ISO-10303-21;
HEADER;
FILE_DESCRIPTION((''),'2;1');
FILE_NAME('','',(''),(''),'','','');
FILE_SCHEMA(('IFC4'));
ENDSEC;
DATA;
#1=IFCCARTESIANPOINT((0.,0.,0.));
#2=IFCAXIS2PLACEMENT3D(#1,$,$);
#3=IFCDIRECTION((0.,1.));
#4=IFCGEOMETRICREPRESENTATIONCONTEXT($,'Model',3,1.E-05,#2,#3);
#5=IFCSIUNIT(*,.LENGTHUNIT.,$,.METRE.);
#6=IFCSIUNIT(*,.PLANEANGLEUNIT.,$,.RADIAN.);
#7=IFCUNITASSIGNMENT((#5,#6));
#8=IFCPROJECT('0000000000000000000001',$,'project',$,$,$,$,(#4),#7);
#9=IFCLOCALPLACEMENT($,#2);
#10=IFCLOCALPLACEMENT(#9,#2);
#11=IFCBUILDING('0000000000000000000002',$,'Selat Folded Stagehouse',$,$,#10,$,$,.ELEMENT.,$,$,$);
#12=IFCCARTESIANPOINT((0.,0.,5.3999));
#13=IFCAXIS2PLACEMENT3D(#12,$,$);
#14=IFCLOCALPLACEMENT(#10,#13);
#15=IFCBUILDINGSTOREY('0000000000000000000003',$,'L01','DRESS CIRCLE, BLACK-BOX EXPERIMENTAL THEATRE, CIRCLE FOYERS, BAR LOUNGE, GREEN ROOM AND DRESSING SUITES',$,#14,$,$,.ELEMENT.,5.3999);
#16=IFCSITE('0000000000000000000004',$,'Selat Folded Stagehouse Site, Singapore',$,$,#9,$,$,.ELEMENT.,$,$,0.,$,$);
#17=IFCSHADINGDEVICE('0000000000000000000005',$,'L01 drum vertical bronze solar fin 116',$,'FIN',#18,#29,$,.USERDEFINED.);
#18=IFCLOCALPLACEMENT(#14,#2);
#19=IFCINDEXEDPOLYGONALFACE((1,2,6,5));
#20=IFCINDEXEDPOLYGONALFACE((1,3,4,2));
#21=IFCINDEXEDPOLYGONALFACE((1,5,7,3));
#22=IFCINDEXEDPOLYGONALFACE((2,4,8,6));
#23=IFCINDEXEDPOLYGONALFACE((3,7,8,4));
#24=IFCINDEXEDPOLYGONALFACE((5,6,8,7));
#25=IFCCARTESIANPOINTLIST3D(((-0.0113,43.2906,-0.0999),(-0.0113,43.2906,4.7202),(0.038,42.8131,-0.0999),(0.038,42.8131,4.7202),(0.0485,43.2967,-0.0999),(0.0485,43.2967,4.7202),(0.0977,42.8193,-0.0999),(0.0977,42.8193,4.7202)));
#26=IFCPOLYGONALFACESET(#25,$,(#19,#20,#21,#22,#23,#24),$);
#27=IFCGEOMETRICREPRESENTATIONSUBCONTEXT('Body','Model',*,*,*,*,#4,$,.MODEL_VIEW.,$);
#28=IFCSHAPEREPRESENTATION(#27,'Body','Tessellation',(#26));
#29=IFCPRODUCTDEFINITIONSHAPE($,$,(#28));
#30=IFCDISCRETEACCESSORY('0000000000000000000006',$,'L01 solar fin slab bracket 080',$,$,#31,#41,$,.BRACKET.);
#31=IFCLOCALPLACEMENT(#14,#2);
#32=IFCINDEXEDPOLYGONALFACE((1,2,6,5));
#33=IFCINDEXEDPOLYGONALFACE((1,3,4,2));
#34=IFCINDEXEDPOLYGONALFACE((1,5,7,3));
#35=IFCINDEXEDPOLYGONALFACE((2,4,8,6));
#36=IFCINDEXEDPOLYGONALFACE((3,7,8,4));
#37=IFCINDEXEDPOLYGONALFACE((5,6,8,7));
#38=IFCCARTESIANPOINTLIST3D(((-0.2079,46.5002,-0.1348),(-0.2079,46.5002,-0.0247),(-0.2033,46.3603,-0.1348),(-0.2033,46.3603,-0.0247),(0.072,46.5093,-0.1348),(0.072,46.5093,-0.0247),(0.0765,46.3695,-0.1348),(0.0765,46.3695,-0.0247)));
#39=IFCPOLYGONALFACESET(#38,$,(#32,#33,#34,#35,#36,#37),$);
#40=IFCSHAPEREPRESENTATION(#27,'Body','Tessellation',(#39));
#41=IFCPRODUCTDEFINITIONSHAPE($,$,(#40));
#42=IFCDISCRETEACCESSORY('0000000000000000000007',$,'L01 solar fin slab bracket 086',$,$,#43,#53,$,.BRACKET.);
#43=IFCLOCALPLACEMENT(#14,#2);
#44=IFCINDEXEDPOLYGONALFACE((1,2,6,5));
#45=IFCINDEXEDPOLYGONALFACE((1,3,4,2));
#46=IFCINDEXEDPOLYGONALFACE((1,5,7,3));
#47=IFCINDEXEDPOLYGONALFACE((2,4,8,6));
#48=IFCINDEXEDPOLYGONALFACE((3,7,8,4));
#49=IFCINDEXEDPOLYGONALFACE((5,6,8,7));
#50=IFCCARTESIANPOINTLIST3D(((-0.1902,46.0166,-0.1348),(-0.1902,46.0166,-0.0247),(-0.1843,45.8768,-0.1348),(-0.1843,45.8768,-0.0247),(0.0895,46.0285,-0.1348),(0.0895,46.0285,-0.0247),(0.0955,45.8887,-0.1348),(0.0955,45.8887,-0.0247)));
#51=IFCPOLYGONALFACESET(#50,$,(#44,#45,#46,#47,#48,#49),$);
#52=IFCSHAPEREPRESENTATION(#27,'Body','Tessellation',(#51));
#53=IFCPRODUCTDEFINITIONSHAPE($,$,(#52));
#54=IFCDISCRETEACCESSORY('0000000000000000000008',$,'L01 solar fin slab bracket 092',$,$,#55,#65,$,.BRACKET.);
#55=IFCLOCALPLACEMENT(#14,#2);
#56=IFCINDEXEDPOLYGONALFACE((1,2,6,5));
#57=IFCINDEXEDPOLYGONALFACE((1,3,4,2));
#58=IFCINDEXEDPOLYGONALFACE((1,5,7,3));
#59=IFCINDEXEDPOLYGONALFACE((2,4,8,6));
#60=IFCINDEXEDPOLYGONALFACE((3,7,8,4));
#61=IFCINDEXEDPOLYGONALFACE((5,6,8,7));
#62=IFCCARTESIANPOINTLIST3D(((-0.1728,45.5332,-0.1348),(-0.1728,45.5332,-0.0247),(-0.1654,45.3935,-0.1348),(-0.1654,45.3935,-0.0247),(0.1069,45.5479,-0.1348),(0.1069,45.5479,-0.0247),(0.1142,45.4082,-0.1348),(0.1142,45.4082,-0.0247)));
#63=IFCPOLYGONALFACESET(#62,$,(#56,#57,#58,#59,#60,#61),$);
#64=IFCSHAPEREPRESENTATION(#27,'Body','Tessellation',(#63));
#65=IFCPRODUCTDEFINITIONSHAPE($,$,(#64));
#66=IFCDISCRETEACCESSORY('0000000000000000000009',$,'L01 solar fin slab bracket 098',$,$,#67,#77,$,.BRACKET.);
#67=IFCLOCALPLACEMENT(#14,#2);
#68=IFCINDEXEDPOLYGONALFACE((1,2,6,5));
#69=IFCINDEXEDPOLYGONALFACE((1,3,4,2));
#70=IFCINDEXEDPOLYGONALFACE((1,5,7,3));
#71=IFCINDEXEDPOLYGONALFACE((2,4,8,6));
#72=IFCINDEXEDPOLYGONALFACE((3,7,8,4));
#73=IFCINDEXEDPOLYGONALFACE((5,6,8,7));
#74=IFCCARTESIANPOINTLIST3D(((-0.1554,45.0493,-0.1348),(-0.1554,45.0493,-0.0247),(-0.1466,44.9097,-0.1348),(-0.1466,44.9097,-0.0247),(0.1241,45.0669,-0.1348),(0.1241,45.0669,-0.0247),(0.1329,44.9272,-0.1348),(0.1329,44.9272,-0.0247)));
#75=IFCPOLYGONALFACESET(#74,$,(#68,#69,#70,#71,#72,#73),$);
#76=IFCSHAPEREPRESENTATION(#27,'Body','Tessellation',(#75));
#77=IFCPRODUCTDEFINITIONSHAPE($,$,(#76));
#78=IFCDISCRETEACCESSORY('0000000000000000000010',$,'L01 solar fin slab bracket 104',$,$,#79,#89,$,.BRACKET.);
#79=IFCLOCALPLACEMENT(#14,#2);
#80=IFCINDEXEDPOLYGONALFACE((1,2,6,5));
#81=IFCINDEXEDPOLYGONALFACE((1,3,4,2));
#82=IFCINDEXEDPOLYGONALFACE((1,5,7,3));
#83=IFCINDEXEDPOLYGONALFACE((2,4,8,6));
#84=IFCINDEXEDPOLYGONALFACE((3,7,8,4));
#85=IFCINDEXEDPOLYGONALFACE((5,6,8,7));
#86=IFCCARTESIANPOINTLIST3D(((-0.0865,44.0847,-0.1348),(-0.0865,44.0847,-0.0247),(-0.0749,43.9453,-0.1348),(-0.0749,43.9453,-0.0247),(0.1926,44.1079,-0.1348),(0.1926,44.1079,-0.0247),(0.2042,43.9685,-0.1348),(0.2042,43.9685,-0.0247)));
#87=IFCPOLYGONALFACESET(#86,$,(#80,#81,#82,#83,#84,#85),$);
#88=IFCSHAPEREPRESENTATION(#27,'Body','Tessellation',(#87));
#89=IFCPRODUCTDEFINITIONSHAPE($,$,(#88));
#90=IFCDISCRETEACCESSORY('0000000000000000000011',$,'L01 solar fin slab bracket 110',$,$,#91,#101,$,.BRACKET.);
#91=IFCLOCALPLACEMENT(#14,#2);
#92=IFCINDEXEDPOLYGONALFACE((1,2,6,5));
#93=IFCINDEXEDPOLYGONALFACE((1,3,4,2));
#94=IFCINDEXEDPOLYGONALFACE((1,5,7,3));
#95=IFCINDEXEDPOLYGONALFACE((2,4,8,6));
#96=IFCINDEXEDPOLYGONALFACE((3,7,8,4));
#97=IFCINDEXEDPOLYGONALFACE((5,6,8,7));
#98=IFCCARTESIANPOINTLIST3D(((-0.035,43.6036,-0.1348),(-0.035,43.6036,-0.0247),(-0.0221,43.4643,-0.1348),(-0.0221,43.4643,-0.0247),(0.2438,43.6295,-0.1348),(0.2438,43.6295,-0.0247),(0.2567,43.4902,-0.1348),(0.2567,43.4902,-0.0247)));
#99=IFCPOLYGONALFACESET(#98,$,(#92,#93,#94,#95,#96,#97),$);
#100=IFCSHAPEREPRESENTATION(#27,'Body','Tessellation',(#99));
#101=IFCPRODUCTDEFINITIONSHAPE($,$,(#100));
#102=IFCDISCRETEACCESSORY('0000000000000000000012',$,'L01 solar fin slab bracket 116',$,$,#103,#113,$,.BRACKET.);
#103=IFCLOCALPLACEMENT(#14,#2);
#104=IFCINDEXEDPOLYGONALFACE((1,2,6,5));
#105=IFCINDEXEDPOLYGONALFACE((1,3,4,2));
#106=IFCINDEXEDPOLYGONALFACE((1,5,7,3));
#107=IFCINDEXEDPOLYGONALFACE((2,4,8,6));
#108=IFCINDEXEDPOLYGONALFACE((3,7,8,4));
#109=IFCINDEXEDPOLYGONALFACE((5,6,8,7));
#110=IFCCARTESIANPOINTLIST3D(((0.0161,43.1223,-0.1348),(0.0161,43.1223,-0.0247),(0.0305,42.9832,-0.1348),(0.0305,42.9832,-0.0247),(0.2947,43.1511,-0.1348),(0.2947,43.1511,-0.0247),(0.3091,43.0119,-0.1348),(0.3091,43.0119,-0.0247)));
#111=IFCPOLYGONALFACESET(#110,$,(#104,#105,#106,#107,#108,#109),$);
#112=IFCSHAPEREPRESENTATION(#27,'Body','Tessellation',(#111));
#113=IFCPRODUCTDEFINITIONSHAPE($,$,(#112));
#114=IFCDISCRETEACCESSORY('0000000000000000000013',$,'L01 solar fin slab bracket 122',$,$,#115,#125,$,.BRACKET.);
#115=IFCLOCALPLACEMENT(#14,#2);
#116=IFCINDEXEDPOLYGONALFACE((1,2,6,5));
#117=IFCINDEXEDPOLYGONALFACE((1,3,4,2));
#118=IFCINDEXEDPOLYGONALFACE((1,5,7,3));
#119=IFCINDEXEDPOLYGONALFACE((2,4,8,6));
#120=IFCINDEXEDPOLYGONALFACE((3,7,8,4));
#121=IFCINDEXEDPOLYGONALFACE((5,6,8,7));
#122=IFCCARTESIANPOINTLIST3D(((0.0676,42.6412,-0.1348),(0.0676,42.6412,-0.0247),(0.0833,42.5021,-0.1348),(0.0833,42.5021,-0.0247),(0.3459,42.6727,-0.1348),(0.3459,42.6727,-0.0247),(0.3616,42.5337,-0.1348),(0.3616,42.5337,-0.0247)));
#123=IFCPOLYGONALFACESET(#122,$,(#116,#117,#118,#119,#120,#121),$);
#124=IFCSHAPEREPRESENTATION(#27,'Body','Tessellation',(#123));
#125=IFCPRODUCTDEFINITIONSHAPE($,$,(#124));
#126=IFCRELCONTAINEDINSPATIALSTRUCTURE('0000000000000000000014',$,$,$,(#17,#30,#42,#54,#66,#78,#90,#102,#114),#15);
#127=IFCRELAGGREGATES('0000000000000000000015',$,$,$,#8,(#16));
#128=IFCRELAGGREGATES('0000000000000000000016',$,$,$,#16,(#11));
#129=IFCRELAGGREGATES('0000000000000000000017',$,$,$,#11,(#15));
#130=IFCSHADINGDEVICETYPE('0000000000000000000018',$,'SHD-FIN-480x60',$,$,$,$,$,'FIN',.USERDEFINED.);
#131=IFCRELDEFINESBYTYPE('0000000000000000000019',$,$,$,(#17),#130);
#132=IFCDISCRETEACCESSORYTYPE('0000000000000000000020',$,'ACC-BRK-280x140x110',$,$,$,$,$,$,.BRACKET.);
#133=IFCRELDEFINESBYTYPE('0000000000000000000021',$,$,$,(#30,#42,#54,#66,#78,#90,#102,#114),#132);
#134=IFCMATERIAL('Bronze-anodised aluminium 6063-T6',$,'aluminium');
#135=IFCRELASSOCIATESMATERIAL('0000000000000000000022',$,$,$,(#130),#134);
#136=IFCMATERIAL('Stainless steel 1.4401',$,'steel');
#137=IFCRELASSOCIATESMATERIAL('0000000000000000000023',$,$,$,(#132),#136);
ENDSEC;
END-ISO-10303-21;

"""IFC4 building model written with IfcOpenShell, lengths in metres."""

from ifc_helpers import new_model, si_unit, direction, frame, origin, origin_2d, place, context, subcontext, project, spatial, rectangle, extrude, material, material_profile, profile_set, type_object, element, save


model = new_model("IFC4")

# Units and contexts
model_context = context("Model", 3, precision=1e-05, world=origin(), true_north=direction((0.0, 1.0)))
body_context = subcontext(model_context, "Body", "Model", "MODEL_VIEW")
ifc_project = project(units=[si_unit("LENGTHUNIT", "METRE"), si_unit("PLANEANGLEUNIT", "RADIAN")], contexts=[model_context])

# Site, building, storey
site_placement = place(None, origin())
site = spatial("IfcSite", under=ifc_project, at=site_placement, Name="Selat Folded Stagehouse Site, Singapore", CompositionType="ELEMENT", RefElevation=0.0)
building_placement = place(site_placement, origin())
building = spatial("IfcBuilding", under=site, at=building_placement, Name="Selat Folded Stagehouse", CompositionType="ELEMENT")
storey_placement = place(building_placement, frame((0.0, 0.0, 5.3999)))
storey = spatial("IfcBuildingStorey", under=building, at=storey_placement, Name="L01", Description="DRESS CIRCLE, BLACK-BOX EXPERIMENTAL THEATRE, CIRCLE FOYERS, BAR LOUNGE, GREEN ROOM AND DRESSING SUITES", CompositionType="ELEMENT", Elevation=5.3999)

# Shading device
ifc_material_1 = material(Name="Bronze-anodised aluminium 6063-T6", Category="aluminium")
ifc_material_profile_1 = material_profile(ifc_material_1, rectangle(XDim=0.0601, YDim=0.48, at=origin_2d()), Name="SOLAR-FIN 480x60")
ifc_profile_set_1 = profile_set([ifc_material_profile_1], Name="Bronze-anodised aluminium 6063-T6")
shading_device_type = type_object("IfcShadingDeviceType", Name="SHD-FIN-480x60", ElementType="FIN", PredefinedType="USERDEFINED", material=ifc_profile_set_1)
for number, where, z_axis, x_axis, name in (
    (1, (0.0432, 43.0549, -0.0999), (0.0, 0.0, 1.0), (-0.994721, -0.102619, 0.0), "L01 drum vertical bronze solar fin 116"),
):
    element("IfcShadingDevice", number, at=place(storey_placement, frame(where, z_axis=z_axis, x_axis=x_axis)), inside=storey, type_object=shading_device_type, Name=name, ObjectType="FIN", PredefinedType="USERDEFINED", context=body_context, shape_type="SweptSolid", body=[
        extrude(rectangle(XDim=0.0601, YDim=0.48, at=origin_2d()), origin(), (0.0, 0.0, 1.0), 4.8201),
    ])

# Discrete accessories
ifc_material_2 = material(Name="Stainless steel 1.4401", Category="steel")
discrete_accessory_type = type_object("IfcDiscreteAccessoryType", Name="ACC-BRK-280x140x110", PredefinedType="BRACKET", material=ifc_material_2)
for number, where, z_axis, x_axis, name in (
    (2, (-0.0657, 46.4348, -0.1348), (0.0, 0.0, 1.0), (-0.999467, -0.032632, 0.0), "L01 solar fin slab bracket 080"),
    (3, (-0.0474, 45.9526, -0.1348), (0.0, 0.0, 1.0), (-0.999093, -0.042573, 0.0), "L01 solar fin slab bracket 086"),
    (4, (-0.0293, 45.4707, -0.1348), (0.0, 0.0, 1.0), (-0.99862, -0.05251, 0.0), "L01 solar fin slab bracket 092"),
    (5, (-0.0112, 44.9883, -0.1348), (0.0, 0.0, 1.0), (-0.998038, -0.062616, 0.0), "L01 solar fin slab bracket 098"),
    (6, (0.0588, 44.0266, -0.1348), (0.0, 0.0, 1.0), (-0.99658, -0.082634, 0.0), "L01 solar fin slab bracket 104"),
    (7, (0.1108, 43.5469, -0.1348), (0.0, 0.0, 1.0), (-0.995709, -0.092544, 0.0), "L01 solar fin slab bracket 110"),
    (8, (0.1626, 43.0671, -0.1348), (0.0, 0.0, 1.0), (-0.994721, -0.102619, 0.0), "L01 solar fin slab bracket 116"),
    (9, (0.2146, 42.5874, -0.1348), (0.0, 0.0, 1.0), (-0.993651, -0.11251, 0.0), "L01 solar fin slab bracket 122"),
):
    element("IfcDiscreteAccessory", number, at=place(storey_placement, frame(where, z_axis=z_axis, x_axis=x_axis)), inside=storey, type_object=discrete_accessory_type, Name=name, PredefinedType="BRACKET", context=body_context, shape_type="SweptSolid", body=[
        extrude(rectangle(XDim=0.28, YDim=0.1399, at=origin_2d()), origin(), (0.0, 0.0, 1.0), 0.1101),
    ])

save(model, "model.ifc")
